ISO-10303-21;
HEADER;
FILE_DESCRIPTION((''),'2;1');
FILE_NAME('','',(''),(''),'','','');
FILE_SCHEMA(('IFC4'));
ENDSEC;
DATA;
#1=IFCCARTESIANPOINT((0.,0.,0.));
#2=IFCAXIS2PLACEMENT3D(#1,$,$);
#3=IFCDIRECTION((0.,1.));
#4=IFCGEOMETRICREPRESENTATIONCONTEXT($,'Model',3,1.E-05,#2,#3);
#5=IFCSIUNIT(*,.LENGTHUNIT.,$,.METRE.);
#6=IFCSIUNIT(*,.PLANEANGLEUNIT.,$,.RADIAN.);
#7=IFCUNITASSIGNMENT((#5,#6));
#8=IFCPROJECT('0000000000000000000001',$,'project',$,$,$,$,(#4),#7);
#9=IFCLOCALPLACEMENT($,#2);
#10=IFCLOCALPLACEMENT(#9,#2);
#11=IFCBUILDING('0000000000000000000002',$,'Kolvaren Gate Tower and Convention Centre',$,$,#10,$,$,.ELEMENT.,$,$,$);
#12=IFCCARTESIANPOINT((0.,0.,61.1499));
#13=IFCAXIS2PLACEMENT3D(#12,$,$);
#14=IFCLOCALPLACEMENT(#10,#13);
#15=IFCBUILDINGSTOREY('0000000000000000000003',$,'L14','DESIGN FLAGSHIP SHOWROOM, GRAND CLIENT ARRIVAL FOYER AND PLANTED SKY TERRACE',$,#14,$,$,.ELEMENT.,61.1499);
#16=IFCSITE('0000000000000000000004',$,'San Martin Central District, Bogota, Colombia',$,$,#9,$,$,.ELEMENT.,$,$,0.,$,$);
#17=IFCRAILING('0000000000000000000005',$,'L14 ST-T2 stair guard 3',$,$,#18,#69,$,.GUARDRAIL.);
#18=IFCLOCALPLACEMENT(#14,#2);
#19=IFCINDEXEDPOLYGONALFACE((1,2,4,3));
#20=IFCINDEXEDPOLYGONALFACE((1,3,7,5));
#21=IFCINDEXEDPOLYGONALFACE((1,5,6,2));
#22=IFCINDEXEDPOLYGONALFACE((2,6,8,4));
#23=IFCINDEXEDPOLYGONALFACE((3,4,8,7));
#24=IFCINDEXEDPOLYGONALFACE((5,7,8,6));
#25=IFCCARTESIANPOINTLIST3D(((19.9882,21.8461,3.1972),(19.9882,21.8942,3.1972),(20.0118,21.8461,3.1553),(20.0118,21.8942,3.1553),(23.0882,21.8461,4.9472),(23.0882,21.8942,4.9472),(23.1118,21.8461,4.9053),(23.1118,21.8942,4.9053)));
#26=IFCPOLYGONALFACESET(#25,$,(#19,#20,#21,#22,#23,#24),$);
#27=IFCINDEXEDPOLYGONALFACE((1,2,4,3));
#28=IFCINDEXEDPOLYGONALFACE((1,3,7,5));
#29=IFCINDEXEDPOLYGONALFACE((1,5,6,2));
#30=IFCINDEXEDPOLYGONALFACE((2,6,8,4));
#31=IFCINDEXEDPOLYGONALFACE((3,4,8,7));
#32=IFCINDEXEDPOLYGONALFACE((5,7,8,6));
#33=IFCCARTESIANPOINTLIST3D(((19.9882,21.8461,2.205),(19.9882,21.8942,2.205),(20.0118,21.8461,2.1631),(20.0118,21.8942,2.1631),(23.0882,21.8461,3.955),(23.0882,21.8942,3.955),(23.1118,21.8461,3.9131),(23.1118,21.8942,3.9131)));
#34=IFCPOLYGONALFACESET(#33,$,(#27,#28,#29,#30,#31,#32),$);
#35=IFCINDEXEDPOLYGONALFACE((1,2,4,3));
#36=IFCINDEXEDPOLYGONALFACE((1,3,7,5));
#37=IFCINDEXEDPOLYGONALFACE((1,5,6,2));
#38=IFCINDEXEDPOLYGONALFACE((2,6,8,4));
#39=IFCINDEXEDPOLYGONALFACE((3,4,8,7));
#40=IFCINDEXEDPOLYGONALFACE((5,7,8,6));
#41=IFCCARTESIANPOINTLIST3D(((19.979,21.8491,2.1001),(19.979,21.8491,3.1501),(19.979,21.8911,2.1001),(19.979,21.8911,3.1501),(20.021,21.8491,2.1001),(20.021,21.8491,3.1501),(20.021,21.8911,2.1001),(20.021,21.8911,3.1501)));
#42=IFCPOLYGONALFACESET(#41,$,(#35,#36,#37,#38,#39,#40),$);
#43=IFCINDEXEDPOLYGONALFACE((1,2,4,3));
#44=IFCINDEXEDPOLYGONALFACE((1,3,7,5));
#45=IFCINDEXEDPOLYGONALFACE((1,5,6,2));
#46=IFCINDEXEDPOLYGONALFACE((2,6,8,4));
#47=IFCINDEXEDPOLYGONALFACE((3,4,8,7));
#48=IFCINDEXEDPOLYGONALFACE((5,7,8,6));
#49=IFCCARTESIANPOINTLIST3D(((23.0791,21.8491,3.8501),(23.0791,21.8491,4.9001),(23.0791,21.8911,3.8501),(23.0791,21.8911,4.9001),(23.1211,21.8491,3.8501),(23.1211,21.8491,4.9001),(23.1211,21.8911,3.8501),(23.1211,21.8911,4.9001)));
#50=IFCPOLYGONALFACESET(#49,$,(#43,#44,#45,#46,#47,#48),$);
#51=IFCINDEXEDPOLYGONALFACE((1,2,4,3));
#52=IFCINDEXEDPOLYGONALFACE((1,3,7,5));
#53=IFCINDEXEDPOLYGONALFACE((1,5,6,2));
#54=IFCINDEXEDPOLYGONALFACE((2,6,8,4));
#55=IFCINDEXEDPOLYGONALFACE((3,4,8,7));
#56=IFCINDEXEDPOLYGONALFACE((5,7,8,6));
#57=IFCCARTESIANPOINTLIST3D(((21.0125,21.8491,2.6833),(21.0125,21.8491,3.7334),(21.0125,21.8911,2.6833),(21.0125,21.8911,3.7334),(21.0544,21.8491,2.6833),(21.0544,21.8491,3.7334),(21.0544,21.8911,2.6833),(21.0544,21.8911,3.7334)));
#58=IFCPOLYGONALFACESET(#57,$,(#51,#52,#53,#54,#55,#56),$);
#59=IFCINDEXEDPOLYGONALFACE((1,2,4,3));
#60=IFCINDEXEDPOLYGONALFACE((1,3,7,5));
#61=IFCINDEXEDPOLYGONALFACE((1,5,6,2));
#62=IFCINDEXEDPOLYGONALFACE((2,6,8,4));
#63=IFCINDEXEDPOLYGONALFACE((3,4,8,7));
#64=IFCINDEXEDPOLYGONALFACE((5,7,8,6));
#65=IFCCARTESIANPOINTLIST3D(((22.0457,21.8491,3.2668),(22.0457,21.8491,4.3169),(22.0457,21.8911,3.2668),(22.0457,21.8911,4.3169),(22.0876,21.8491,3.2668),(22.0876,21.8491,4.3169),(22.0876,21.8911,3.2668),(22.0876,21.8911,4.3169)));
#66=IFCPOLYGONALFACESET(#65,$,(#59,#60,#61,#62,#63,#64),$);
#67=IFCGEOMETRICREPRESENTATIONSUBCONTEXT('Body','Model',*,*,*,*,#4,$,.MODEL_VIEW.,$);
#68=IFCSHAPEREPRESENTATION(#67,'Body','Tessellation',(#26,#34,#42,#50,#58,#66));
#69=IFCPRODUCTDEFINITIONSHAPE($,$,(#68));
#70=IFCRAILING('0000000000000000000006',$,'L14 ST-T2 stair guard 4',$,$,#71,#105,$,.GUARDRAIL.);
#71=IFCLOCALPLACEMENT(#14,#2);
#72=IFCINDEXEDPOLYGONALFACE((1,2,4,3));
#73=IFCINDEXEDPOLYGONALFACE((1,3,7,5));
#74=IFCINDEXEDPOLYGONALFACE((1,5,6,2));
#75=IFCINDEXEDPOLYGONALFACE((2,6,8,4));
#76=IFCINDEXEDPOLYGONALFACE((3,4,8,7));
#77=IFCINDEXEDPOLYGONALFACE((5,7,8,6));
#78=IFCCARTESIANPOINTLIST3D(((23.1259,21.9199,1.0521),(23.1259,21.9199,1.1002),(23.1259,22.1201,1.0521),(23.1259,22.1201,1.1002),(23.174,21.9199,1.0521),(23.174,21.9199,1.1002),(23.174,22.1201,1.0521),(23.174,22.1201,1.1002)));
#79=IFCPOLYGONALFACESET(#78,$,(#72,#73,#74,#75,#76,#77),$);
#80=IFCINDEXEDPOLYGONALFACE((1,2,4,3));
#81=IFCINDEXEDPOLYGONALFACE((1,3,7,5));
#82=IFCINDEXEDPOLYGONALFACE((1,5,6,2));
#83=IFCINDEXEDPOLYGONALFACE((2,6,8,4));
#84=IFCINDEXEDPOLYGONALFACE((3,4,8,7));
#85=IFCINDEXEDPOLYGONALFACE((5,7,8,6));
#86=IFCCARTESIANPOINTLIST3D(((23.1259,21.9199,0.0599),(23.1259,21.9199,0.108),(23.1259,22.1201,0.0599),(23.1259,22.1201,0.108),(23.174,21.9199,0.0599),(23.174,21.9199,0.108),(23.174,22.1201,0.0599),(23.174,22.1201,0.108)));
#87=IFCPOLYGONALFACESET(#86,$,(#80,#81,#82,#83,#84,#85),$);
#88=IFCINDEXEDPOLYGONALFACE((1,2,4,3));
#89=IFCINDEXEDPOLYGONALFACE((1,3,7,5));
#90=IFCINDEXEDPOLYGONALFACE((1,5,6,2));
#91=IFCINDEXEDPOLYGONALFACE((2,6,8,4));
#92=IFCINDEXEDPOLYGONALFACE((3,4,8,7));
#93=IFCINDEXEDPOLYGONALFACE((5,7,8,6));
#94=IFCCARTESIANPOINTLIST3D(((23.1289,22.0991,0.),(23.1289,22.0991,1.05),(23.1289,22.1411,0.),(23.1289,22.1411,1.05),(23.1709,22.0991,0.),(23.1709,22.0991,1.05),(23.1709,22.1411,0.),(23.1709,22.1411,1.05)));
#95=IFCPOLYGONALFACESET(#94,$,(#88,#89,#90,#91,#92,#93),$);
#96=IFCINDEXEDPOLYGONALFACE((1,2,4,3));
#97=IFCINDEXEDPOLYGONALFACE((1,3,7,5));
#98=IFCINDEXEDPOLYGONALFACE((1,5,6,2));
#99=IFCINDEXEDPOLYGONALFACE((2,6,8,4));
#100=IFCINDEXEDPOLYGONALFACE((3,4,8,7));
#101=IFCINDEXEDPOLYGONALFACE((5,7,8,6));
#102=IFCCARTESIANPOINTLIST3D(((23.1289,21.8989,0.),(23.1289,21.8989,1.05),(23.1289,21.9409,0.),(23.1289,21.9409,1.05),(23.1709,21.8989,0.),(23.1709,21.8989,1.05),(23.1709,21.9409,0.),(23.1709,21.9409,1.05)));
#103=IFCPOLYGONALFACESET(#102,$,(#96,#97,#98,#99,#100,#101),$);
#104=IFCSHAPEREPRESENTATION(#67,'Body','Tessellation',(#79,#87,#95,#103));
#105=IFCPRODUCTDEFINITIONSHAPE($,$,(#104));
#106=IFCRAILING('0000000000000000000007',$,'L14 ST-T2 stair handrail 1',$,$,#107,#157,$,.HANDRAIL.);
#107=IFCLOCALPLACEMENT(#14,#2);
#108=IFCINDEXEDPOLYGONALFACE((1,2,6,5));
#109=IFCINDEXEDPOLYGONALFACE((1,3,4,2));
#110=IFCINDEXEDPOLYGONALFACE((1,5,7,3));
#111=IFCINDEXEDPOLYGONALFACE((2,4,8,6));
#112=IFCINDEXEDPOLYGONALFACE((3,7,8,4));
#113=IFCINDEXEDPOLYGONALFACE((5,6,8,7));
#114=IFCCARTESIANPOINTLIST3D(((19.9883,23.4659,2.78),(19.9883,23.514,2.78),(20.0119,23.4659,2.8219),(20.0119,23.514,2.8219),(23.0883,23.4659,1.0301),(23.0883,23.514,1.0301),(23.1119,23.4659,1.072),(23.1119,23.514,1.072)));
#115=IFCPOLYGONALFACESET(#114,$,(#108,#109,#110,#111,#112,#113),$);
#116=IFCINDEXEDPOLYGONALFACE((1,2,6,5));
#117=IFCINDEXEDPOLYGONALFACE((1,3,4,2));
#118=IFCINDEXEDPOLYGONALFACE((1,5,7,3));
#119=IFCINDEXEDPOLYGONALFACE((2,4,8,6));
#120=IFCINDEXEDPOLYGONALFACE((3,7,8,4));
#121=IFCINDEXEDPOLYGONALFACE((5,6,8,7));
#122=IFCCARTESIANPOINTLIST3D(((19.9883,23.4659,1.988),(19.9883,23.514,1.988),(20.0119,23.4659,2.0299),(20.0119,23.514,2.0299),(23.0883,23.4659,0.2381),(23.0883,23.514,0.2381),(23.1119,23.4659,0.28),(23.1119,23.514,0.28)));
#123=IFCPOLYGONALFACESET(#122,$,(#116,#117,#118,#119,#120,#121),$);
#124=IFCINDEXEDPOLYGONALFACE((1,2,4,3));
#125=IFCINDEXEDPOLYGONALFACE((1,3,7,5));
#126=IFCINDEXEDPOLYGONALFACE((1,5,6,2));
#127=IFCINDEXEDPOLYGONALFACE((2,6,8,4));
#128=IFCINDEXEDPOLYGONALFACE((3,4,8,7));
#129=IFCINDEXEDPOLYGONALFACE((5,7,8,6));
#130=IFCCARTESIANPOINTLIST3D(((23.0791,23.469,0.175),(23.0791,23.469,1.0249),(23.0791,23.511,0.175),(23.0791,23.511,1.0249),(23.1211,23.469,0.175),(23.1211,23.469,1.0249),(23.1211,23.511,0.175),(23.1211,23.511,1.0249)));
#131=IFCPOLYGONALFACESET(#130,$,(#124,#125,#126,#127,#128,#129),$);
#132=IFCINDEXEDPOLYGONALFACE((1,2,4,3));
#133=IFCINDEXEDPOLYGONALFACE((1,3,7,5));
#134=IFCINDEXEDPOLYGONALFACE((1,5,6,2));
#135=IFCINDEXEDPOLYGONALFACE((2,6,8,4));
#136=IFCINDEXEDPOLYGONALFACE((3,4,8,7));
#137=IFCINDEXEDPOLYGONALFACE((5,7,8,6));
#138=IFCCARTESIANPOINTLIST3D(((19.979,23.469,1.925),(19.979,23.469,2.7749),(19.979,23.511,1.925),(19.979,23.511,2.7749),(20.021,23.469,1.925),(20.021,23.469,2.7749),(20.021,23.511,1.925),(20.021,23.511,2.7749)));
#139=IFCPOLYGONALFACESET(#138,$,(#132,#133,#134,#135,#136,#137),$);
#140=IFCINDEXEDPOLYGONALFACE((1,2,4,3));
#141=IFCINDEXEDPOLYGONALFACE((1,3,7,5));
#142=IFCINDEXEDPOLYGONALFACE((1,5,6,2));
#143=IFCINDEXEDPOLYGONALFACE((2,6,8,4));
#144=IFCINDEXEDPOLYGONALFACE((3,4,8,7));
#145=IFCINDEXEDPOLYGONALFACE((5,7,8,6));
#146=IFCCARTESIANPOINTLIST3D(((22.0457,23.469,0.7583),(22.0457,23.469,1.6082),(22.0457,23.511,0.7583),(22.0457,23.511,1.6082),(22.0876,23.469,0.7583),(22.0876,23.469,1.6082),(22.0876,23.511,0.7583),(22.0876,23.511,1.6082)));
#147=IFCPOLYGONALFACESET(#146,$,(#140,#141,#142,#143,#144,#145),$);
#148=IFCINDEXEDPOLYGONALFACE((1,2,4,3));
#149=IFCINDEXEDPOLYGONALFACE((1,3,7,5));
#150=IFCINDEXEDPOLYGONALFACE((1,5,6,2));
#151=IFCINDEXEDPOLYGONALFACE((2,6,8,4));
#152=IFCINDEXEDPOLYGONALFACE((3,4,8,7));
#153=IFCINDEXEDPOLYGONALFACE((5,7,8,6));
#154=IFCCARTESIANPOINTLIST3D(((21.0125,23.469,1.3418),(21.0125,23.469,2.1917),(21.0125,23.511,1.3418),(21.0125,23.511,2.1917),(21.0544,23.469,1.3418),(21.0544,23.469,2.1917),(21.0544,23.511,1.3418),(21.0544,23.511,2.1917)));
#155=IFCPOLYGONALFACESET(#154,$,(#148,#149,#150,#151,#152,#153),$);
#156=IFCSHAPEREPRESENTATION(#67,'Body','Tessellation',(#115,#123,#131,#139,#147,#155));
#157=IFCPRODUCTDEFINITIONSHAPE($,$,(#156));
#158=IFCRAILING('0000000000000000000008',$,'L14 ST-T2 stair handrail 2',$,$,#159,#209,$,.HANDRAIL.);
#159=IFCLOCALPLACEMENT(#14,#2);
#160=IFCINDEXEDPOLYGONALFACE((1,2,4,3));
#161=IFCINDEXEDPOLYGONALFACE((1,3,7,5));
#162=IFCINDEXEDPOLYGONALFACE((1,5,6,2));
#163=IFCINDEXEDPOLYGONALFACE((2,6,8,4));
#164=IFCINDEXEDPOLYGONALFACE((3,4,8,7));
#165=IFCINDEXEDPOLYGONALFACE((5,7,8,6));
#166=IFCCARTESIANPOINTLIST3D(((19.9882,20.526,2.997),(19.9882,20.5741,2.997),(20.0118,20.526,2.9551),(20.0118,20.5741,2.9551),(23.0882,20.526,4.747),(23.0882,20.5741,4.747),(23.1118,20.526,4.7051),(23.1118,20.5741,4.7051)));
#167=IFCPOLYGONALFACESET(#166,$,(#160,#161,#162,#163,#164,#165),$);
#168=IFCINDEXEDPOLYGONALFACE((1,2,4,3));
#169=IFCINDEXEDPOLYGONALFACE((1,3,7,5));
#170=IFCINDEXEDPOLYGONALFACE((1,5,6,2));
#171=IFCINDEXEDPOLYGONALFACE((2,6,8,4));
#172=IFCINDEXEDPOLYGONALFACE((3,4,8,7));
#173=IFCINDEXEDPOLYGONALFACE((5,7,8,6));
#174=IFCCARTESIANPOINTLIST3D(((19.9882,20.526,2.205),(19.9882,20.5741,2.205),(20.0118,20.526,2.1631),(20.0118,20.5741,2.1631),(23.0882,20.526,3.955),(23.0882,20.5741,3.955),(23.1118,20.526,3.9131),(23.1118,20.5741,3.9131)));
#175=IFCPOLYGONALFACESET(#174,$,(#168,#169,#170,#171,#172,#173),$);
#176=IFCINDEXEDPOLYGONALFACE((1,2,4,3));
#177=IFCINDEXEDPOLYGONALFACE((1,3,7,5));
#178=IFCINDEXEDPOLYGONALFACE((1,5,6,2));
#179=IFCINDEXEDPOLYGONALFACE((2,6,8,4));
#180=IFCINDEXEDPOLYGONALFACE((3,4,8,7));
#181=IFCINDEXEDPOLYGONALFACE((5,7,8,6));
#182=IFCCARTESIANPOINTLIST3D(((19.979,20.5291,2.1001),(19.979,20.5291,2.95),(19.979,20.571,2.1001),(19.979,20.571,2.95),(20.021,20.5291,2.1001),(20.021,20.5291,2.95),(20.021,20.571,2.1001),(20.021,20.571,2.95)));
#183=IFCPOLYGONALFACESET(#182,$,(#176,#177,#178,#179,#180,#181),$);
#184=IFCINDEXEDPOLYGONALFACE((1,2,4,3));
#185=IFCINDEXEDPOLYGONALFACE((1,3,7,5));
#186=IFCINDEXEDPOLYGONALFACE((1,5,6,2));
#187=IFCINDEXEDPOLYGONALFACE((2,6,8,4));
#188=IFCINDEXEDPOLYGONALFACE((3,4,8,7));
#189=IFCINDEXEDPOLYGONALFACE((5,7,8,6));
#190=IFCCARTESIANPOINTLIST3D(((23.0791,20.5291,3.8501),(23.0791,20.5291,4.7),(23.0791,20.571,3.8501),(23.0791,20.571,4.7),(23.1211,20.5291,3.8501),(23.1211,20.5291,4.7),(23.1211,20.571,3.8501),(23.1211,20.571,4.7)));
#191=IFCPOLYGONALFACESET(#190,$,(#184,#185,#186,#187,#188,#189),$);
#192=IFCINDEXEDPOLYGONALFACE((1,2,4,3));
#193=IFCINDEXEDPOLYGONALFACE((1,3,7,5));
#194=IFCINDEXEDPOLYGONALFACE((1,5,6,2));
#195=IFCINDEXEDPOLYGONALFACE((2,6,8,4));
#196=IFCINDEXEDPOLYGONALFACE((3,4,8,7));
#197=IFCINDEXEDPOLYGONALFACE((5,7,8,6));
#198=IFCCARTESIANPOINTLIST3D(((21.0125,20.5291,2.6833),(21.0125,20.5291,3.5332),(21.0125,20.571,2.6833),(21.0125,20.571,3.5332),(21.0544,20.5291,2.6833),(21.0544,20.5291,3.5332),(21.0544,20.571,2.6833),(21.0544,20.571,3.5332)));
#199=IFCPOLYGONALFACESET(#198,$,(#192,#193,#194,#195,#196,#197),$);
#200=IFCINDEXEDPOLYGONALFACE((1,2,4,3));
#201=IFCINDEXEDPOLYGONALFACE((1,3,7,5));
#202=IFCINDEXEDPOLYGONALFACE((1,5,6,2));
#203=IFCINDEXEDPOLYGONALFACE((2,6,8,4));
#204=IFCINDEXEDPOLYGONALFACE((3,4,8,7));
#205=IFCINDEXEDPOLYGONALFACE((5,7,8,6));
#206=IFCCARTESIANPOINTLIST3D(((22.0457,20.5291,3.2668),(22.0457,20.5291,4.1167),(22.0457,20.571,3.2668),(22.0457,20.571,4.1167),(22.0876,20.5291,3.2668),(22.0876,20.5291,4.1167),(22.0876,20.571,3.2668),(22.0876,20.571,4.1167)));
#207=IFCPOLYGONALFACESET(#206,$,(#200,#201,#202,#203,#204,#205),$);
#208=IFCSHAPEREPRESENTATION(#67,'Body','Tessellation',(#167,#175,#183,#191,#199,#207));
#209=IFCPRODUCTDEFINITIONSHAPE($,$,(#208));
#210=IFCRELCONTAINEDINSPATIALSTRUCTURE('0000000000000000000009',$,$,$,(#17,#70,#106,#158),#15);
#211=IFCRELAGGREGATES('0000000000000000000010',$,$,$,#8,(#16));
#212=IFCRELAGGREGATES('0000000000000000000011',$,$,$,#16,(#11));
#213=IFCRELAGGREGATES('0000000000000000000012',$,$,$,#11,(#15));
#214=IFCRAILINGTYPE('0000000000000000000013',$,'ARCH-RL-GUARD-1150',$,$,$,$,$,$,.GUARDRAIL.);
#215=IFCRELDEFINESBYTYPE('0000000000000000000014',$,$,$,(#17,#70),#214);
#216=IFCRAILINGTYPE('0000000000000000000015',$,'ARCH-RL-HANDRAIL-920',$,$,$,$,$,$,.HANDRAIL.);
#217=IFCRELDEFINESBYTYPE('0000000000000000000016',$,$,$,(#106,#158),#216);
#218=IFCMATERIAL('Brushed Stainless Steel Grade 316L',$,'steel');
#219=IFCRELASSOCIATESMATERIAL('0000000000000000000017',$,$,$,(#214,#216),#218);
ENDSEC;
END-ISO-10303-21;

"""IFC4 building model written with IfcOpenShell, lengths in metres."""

from ifc_helpers import new_model, si_unit, direction, frame, origin, origin_2d, place, context, subcontext, project, spatial, rectangle, extrude, material, type_object, element, save


model = new_model("IFC4")

# Units and contexts
model_context = context("Model", 3, precision=1e-05, world=origin(), true_north=direction((0.0, 1.0)))
body_context = subcontext(model_context, "Body", "Model", "MODEL_VIEW")
ifc_project = project(units=[si_unit("LENGTHUNIT", "METRE"), si_unit("PLANEANGLEUNIT", "RADIAN")], contexts=[model_context])

# Site, building, storey
site_placement = place(None, origin())
site = spatial("IfcSite", under=ifc_project, at=site_placement, Name="San Martin Central District, Bogota, Colombia", CompositionType="ELEMENT", RefElevation=0.0)
building_placement = place(site_placement, origin())
building = spatial("IfcBuilding", under=site, at=building_placement, Name="Kolvaren Gate Tower and Convention Centre", CompositionType="ELEMENT")
storey_placement = place(building_placement, frame((0.0, 0.0, 61.1499)))
storey = spatial("IfcBuildingStorey", under=building, at=storey_placement, Name="L14", Description="DESIGN FLAGSHIP SHOWROOM, GRAND CLIENT ARRIVAL FOYER AND PLANTED SKY TERRACE", CompositionType="ELEMENT", Elevation=61.1499)

# Railings
ifc_material_1 = material(Name="Brushed Stainless Steel Grade 316L", Category="steel")
railing_type_1 = type_object("IfcRailingType", Name="ARCH-RL-GUARD-1150", PredefinedType="GUARDRAIL", material=ifc_material_1)
railing_1_placement = place(storey_placement, frame((20.0, 21.8701, 2.1001)))
element("IfcRailing", 1, at=railing_1_placement, inside=storey, type_object=railing_type_1, Name="L14 ST-T2 stair guard 3", PredefinedType="GUARDRAIL", context=body_context, shape_type="SweptSolid", body=[
    extrude(rectangle(XDim=0.0481, YDim=0.0481, at=origin_2d()), frame((0.0, 0.0, 1.0762), z_axis=(0.870831, 0.0, 0.491583), x_axis=(0.0, 1.0, 0.0)), (0.0, 0.0, 1.0), 3.5598),
    extrude(rectangle(XDim=0.0481, YDim=0.0481, at=origin_2d()), frame((0.0, 0.0, 0.084), z_axis=(0.870831, 0.0, 0.491583), x_axis=(0.0, 1.0, 0.0)), (0.0, 0.0, 1.0), 3.5598),
    extrude(rectangle(XDim=0.042, YDim=0.042, at=origin_2d()), origin(), (0.0, 0.0, 1.0), 1.05),
    extrude(rectangle(XDim=0.042, YDim=0.042, at=origin_2d()), frame((3.1001, 0.0, 1.75)), (0.0, 0.0, 1.0), 1.05),
    extrude(rectangle(XDim=0.042, YDim=0.042, at=origin_2d()), frame((1.0334, 0.0, 0.5833)), (0.0, 0.0, 1.0), 1.05),
    extrude(rectangle(XDim=0.042, YDim=0.042, at=origin_2d()), frame((2.0667, 0.0, 1.1667)), (0.0, 0.0, 1.0), 1.05),
])
railing_2_placement = place(storey_placement, frame((23.1499, 22.1201, 0.0)))
element("IfcRailing", 2, at=railing_2_placement, inside=storey, type_object=railing_type_1, Name="L14 ST-T2 stair guard 4", PredefinedType="GUARDRAIL", context=body_context, shape_type="SweptSolid", body=[
    extrude(rectangle(XDim=0.0481, YDim=0.0481, at=origin_2d()), frame((0.0, 0.0, 1.0762), z_axis=(0.0, -1.0, 0.0), x_axis=(1.0, 0.0, 0.0)), (0.0, 0.0, 1.0), 0.2002),
    extrude(rectangle(XDim=0.0481, YDim=0.0481, at=origin_2d()), frame((0.0, 0.0, 0.084), z_axis=(0.0, -1.0, 0.0), x_axis=(1.0, 0.0, 0.0)), (0.0, 0.0, 1.0), 0.2002),
    extrude(rectangle(XDim=0.042, YDim=0.042, at=origin_2d()), origin(), (0.0, 0.0, 1.0), 1.05),
    extrude(rectangle(XDim=0.042, YDim=0.042, at=origin_2d()), frame((0.0, -0.2002, 0.0)), (0.0, 0.0, 1.0), 1.05),
])
railing_type_2 = type_object("IfcRailingType", Name="ARCH-RL-HANDRAIL-920", PredefinedType="HANDRAIL", material=ifc_material_1)
railing_3_placement = place(storey_placement, frame((23.1001, 23.49, 0.175)))
element("IfcRailing", 3, at=railing_3_placement, inside=storey, type_object=railing_type_2, Name="L14 ST-T2 stair handrail 1", PredefinedType="HANDRAIL", context=body_context, shape_type="SweptSolid", body=[
    extrude(rectangle(XDim=0.0481, YDim=0.0481, at=origin_2d()), frame((0.0, 0.0, 0.876), z_axis=(-0.870831, 0.0, 0.491583), x_axis=(0.0, -1.0, 0.0)), (0.0, 0.0, 1.0), 3.5598),
    extrude(rectangle(XDim=0.0481, YDim=0.0481, at=origin_2d()), frame((0.0, 0.0, 0.084), z_axis=(-0.870831, 0.0, 0.491583), x_axis=(0.0, -1.0, 0.0)), (0.0, 0.0, 1.0), 3.5598),
    extrude(rectangle(XDim=0.042, YDim=0.042, at=origin_2d()), origin(), (0.0, 0.0, 1.0), 0.8499),
    extrude(rectangle(XDim=0.042, YDim=0.042, at=origin_2d()), frame((-3.1001, 0.0, 1.75)), (0.0, 0.0, 1.0), 0.8499),
    extrude(rectangle(XDim=0.042, YDim=0.042, at=origin_2d()), frame((-1.0334, 0.0, 0.5833)), (0.0, 0.0, 1.0), 0.8499),
    extrude(rectangle(XDim=0.042, YDim=0.042, at=origin_2d()), frame((-2.0667, 0.0, 1.1667)), (0.0, 0.0, 1.0), 0.8499),
])
railing_4_placement = place(storey_placement, frame((20.0, 20.55, 2.1001)))
element("IfcRailing", 4, at=railing_4_placement, inside=storey, type_object=railing_type_2, Name="L14 ST-T2 stair handrail 2", PredefinedType="HANDRAIL", context=body_context, shape_type="SweptSolid", body=[
    extrude(rectangle(XDim=0.0481, YDim=0.0481, at=origin_2d()), frame((0.0, 0.0, 0.876), z_axis=(0.870831, 0.0, 0.491583), x_axis=(0.0, 1.0, 0.0)), (0.0, 0.0, 1.0), 3.5598),
    extrude(rectangle(XDim=0.0481, YDim=0.0481, at=origin_2d()), frame((0.0, 0.0, 0.084), z_axis=(0.870831, 0.0, 0.491583), x_axis=(0.0, 1.0, 0.0)), (0.0, 0.0, 1.0), 3.5598),
    extrude(rectangle(XDim=0.042, YDim=0.042, at=origin_2d()), origin(), (0.0, 0.0, 1.0), 0.8499),
    extrude(rectangle(XDim=0.042, YDim=0.042, at=origin_2d()), frame((3.1001, 0.0, 1.75)), (0.0, 0.0, 1.0), 0.8499),
    extrude(rectangle(XDim=0.042, YDim=0.042, at=origin_2d()), frame((1.0334, 0.0, 0.5833)), (0.0, 0.0, 1.0), 0.8499),
    extrude(rectangle(XDim=0.042, YDim=0.042, at=origin_2d()), frame((2.0667, 0.0, 1.1667)), (0.0, 0.0, 1.0), 0.8499),
])

save(model, "model.ifc")
